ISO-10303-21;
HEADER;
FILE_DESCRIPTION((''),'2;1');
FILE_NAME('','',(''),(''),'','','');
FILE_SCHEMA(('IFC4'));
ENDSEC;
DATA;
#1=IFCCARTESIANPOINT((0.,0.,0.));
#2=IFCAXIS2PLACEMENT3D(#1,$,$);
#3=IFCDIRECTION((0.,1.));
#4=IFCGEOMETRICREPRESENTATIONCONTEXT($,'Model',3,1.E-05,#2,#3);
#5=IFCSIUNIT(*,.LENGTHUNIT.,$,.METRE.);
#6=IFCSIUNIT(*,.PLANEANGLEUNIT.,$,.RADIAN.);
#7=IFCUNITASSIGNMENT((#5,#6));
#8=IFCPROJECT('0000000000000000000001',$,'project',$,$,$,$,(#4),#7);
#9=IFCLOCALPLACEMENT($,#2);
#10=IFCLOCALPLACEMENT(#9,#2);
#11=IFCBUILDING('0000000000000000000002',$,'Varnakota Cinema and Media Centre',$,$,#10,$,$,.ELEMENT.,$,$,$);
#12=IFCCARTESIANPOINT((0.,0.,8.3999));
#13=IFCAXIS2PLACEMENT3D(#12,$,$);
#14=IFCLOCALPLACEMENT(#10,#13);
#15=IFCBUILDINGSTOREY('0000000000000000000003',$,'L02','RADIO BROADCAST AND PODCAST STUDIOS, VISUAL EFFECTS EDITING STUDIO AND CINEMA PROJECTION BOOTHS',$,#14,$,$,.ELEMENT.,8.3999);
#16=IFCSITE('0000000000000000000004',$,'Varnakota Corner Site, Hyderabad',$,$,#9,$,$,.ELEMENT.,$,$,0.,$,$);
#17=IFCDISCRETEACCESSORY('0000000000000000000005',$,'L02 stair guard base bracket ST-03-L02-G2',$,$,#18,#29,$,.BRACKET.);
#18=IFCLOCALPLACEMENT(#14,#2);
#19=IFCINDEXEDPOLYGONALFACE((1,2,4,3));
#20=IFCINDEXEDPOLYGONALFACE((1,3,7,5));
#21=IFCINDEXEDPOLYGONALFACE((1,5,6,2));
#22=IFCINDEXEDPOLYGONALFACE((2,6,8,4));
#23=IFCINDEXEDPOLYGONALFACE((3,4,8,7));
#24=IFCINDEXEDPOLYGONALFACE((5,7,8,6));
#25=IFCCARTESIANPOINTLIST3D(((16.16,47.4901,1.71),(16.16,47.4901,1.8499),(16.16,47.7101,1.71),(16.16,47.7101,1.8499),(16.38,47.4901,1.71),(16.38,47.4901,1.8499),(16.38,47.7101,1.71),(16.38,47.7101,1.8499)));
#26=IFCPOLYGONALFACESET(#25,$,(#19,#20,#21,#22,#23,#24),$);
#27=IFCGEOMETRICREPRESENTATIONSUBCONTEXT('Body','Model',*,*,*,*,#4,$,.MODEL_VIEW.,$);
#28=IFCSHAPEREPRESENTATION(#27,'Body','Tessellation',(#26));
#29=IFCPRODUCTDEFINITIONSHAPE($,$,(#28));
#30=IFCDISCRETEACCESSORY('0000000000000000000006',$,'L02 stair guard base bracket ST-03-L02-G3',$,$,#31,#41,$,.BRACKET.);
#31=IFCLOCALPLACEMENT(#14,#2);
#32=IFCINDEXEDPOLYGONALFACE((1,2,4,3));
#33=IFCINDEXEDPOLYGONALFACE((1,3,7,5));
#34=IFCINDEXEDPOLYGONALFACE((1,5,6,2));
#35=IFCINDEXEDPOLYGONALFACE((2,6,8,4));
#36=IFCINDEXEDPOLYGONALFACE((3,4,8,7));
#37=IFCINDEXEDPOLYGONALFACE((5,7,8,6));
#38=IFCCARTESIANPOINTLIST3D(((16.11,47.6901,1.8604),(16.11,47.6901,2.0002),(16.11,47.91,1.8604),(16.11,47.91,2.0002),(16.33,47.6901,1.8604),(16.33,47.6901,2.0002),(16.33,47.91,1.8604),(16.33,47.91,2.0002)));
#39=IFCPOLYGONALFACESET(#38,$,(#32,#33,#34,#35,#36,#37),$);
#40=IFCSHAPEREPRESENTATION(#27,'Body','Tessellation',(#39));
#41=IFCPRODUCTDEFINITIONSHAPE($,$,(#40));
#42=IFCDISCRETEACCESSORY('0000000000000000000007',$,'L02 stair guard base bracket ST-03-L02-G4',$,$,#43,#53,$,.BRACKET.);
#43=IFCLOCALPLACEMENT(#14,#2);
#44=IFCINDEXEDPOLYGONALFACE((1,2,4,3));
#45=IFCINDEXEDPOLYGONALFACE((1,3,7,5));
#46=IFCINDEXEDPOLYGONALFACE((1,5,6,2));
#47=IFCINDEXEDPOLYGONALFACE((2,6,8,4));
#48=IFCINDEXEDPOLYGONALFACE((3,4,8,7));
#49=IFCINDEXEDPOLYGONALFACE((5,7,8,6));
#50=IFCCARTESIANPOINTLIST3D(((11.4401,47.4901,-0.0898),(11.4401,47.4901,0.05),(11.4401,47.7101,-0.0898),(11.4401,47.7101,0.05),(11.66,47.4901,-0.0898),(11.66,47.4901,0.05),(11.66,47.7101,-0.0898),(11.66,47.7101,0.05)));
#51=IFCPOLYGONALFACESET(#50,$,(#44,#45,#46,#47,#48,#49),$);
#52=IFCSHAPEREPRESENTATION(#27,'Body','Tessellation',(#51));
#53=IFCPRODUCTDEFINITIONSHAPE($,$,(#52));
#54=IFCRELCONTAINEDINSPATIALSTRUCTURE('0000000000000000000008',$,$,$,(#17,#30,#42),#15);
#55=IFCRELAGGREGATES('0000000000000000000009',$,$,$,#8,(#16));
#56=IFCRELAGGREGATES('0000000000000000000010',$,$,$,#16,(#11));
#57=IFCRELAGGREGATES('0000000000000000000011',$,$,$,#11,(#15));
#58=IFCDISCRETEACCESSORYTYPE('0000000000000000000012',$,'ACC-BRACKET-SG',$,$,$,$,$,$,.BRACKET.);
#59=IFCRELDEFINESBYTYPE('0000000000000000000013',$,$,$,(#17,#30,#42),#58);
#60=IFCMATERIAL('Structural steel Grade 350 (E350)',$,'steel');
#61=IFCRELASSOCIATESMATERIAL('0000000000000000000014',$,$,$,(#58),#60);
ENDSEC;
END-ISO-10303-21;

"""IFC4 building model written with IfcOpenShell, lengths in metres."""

from ifc_helpers import new_model, si_unit, direction, frame, origin, origin_2d, place, context, subcontext, project, spatial, rectangle, extrude, material, type_object, element, save


model = new_model("IFC4")

# Units and contexts
model_context = context("Model", 3, precision=1e-05, world=origin(), true_north=direction((0.0, 1.0)))
body_context = subcontext(model_context, "Body", "Model", "MODEL_VIEW")
ifc_project = project(units=[si_unit("LENGTHUNIT", "METRE"), si_unit("PLANEANGLEUNIT", "RADIAN")], contexts=[model_context])

# Site, building, storey
site_placement = place(None, origin())
site = spatial("IfcSite", under=ifc_project, at=site_placement, Name="Varnakota Corner Site, Hyderabad", CompositionType="ELEMENT", RefElevation=0.0)
building_placement = place(site_placement, origin())
building = spatial("IfcBuilding", under=site, at=building_placement, Name="Varnakota Cinema and Media Centre", CompositionType="ELEMENT")
storey_placement = place(building_placement, frame((0.0, 0.0, 8.3999)))
storey = spatial("IfcBuildingStorey", under=building, at=storey_placement, Name="L02", Description="RADIO BROADCAST AND PODCAST STUDIOS, VISUAL EFFECTS EDITING STUDIO AND CINEMA PROJECTION BOOTHS", CompositionType="ELEMENT", Elevation=8.3999)

# Discrete accessories
ifc_material_1 = material(Name="Structural steel Grade 350 (E350)", Category="steel")
discrete_accessory_type = type_object("IfcDiscreteAccessoryType", Name="ACC-BRACKET-SG", PredefinedType="BRACKET", material=ifc_material_1)
for number, where, z_axis, x_axis, name in (
    (1, (16.27, 47.6001, 1.71), (0.0, 0.0, 1.0), (1.0, 0.0, 0.0), "L02 stair guard base bracket ST-03-L02-G2"),
    (2, (16.22, 47.8, 1.8604), (0.0, 0.0, 1.0), (1.0, 0.0, 0.0), "L02 stair guard base bracket ST-03-L02-G3"),
    (3, (11.55, 47.6001, -0.0898), (0.0, 0.0, 1.0), (1.0, 0.0, 0.0), "L02 stair guard base bracket ST-03-L02-G4"),
):
    element("IfcDiscreteAccessory", number, at=place(storey_placement, frame(where, z_axis=z_axis, x_axis=x_axis)), inside=storey, type_object=discrete_accessory_type, Name=name, PredefinedType="BRACKET", context=body_context, shape_type="SweptSolid", body=[
        extrude(rectangle(XDim=0.22, YDim=0.22, at=origin_2d()), origin(), (0.0, 0.0, 1.0), 0.1399),
    ])

save(model, "model.ifc")
